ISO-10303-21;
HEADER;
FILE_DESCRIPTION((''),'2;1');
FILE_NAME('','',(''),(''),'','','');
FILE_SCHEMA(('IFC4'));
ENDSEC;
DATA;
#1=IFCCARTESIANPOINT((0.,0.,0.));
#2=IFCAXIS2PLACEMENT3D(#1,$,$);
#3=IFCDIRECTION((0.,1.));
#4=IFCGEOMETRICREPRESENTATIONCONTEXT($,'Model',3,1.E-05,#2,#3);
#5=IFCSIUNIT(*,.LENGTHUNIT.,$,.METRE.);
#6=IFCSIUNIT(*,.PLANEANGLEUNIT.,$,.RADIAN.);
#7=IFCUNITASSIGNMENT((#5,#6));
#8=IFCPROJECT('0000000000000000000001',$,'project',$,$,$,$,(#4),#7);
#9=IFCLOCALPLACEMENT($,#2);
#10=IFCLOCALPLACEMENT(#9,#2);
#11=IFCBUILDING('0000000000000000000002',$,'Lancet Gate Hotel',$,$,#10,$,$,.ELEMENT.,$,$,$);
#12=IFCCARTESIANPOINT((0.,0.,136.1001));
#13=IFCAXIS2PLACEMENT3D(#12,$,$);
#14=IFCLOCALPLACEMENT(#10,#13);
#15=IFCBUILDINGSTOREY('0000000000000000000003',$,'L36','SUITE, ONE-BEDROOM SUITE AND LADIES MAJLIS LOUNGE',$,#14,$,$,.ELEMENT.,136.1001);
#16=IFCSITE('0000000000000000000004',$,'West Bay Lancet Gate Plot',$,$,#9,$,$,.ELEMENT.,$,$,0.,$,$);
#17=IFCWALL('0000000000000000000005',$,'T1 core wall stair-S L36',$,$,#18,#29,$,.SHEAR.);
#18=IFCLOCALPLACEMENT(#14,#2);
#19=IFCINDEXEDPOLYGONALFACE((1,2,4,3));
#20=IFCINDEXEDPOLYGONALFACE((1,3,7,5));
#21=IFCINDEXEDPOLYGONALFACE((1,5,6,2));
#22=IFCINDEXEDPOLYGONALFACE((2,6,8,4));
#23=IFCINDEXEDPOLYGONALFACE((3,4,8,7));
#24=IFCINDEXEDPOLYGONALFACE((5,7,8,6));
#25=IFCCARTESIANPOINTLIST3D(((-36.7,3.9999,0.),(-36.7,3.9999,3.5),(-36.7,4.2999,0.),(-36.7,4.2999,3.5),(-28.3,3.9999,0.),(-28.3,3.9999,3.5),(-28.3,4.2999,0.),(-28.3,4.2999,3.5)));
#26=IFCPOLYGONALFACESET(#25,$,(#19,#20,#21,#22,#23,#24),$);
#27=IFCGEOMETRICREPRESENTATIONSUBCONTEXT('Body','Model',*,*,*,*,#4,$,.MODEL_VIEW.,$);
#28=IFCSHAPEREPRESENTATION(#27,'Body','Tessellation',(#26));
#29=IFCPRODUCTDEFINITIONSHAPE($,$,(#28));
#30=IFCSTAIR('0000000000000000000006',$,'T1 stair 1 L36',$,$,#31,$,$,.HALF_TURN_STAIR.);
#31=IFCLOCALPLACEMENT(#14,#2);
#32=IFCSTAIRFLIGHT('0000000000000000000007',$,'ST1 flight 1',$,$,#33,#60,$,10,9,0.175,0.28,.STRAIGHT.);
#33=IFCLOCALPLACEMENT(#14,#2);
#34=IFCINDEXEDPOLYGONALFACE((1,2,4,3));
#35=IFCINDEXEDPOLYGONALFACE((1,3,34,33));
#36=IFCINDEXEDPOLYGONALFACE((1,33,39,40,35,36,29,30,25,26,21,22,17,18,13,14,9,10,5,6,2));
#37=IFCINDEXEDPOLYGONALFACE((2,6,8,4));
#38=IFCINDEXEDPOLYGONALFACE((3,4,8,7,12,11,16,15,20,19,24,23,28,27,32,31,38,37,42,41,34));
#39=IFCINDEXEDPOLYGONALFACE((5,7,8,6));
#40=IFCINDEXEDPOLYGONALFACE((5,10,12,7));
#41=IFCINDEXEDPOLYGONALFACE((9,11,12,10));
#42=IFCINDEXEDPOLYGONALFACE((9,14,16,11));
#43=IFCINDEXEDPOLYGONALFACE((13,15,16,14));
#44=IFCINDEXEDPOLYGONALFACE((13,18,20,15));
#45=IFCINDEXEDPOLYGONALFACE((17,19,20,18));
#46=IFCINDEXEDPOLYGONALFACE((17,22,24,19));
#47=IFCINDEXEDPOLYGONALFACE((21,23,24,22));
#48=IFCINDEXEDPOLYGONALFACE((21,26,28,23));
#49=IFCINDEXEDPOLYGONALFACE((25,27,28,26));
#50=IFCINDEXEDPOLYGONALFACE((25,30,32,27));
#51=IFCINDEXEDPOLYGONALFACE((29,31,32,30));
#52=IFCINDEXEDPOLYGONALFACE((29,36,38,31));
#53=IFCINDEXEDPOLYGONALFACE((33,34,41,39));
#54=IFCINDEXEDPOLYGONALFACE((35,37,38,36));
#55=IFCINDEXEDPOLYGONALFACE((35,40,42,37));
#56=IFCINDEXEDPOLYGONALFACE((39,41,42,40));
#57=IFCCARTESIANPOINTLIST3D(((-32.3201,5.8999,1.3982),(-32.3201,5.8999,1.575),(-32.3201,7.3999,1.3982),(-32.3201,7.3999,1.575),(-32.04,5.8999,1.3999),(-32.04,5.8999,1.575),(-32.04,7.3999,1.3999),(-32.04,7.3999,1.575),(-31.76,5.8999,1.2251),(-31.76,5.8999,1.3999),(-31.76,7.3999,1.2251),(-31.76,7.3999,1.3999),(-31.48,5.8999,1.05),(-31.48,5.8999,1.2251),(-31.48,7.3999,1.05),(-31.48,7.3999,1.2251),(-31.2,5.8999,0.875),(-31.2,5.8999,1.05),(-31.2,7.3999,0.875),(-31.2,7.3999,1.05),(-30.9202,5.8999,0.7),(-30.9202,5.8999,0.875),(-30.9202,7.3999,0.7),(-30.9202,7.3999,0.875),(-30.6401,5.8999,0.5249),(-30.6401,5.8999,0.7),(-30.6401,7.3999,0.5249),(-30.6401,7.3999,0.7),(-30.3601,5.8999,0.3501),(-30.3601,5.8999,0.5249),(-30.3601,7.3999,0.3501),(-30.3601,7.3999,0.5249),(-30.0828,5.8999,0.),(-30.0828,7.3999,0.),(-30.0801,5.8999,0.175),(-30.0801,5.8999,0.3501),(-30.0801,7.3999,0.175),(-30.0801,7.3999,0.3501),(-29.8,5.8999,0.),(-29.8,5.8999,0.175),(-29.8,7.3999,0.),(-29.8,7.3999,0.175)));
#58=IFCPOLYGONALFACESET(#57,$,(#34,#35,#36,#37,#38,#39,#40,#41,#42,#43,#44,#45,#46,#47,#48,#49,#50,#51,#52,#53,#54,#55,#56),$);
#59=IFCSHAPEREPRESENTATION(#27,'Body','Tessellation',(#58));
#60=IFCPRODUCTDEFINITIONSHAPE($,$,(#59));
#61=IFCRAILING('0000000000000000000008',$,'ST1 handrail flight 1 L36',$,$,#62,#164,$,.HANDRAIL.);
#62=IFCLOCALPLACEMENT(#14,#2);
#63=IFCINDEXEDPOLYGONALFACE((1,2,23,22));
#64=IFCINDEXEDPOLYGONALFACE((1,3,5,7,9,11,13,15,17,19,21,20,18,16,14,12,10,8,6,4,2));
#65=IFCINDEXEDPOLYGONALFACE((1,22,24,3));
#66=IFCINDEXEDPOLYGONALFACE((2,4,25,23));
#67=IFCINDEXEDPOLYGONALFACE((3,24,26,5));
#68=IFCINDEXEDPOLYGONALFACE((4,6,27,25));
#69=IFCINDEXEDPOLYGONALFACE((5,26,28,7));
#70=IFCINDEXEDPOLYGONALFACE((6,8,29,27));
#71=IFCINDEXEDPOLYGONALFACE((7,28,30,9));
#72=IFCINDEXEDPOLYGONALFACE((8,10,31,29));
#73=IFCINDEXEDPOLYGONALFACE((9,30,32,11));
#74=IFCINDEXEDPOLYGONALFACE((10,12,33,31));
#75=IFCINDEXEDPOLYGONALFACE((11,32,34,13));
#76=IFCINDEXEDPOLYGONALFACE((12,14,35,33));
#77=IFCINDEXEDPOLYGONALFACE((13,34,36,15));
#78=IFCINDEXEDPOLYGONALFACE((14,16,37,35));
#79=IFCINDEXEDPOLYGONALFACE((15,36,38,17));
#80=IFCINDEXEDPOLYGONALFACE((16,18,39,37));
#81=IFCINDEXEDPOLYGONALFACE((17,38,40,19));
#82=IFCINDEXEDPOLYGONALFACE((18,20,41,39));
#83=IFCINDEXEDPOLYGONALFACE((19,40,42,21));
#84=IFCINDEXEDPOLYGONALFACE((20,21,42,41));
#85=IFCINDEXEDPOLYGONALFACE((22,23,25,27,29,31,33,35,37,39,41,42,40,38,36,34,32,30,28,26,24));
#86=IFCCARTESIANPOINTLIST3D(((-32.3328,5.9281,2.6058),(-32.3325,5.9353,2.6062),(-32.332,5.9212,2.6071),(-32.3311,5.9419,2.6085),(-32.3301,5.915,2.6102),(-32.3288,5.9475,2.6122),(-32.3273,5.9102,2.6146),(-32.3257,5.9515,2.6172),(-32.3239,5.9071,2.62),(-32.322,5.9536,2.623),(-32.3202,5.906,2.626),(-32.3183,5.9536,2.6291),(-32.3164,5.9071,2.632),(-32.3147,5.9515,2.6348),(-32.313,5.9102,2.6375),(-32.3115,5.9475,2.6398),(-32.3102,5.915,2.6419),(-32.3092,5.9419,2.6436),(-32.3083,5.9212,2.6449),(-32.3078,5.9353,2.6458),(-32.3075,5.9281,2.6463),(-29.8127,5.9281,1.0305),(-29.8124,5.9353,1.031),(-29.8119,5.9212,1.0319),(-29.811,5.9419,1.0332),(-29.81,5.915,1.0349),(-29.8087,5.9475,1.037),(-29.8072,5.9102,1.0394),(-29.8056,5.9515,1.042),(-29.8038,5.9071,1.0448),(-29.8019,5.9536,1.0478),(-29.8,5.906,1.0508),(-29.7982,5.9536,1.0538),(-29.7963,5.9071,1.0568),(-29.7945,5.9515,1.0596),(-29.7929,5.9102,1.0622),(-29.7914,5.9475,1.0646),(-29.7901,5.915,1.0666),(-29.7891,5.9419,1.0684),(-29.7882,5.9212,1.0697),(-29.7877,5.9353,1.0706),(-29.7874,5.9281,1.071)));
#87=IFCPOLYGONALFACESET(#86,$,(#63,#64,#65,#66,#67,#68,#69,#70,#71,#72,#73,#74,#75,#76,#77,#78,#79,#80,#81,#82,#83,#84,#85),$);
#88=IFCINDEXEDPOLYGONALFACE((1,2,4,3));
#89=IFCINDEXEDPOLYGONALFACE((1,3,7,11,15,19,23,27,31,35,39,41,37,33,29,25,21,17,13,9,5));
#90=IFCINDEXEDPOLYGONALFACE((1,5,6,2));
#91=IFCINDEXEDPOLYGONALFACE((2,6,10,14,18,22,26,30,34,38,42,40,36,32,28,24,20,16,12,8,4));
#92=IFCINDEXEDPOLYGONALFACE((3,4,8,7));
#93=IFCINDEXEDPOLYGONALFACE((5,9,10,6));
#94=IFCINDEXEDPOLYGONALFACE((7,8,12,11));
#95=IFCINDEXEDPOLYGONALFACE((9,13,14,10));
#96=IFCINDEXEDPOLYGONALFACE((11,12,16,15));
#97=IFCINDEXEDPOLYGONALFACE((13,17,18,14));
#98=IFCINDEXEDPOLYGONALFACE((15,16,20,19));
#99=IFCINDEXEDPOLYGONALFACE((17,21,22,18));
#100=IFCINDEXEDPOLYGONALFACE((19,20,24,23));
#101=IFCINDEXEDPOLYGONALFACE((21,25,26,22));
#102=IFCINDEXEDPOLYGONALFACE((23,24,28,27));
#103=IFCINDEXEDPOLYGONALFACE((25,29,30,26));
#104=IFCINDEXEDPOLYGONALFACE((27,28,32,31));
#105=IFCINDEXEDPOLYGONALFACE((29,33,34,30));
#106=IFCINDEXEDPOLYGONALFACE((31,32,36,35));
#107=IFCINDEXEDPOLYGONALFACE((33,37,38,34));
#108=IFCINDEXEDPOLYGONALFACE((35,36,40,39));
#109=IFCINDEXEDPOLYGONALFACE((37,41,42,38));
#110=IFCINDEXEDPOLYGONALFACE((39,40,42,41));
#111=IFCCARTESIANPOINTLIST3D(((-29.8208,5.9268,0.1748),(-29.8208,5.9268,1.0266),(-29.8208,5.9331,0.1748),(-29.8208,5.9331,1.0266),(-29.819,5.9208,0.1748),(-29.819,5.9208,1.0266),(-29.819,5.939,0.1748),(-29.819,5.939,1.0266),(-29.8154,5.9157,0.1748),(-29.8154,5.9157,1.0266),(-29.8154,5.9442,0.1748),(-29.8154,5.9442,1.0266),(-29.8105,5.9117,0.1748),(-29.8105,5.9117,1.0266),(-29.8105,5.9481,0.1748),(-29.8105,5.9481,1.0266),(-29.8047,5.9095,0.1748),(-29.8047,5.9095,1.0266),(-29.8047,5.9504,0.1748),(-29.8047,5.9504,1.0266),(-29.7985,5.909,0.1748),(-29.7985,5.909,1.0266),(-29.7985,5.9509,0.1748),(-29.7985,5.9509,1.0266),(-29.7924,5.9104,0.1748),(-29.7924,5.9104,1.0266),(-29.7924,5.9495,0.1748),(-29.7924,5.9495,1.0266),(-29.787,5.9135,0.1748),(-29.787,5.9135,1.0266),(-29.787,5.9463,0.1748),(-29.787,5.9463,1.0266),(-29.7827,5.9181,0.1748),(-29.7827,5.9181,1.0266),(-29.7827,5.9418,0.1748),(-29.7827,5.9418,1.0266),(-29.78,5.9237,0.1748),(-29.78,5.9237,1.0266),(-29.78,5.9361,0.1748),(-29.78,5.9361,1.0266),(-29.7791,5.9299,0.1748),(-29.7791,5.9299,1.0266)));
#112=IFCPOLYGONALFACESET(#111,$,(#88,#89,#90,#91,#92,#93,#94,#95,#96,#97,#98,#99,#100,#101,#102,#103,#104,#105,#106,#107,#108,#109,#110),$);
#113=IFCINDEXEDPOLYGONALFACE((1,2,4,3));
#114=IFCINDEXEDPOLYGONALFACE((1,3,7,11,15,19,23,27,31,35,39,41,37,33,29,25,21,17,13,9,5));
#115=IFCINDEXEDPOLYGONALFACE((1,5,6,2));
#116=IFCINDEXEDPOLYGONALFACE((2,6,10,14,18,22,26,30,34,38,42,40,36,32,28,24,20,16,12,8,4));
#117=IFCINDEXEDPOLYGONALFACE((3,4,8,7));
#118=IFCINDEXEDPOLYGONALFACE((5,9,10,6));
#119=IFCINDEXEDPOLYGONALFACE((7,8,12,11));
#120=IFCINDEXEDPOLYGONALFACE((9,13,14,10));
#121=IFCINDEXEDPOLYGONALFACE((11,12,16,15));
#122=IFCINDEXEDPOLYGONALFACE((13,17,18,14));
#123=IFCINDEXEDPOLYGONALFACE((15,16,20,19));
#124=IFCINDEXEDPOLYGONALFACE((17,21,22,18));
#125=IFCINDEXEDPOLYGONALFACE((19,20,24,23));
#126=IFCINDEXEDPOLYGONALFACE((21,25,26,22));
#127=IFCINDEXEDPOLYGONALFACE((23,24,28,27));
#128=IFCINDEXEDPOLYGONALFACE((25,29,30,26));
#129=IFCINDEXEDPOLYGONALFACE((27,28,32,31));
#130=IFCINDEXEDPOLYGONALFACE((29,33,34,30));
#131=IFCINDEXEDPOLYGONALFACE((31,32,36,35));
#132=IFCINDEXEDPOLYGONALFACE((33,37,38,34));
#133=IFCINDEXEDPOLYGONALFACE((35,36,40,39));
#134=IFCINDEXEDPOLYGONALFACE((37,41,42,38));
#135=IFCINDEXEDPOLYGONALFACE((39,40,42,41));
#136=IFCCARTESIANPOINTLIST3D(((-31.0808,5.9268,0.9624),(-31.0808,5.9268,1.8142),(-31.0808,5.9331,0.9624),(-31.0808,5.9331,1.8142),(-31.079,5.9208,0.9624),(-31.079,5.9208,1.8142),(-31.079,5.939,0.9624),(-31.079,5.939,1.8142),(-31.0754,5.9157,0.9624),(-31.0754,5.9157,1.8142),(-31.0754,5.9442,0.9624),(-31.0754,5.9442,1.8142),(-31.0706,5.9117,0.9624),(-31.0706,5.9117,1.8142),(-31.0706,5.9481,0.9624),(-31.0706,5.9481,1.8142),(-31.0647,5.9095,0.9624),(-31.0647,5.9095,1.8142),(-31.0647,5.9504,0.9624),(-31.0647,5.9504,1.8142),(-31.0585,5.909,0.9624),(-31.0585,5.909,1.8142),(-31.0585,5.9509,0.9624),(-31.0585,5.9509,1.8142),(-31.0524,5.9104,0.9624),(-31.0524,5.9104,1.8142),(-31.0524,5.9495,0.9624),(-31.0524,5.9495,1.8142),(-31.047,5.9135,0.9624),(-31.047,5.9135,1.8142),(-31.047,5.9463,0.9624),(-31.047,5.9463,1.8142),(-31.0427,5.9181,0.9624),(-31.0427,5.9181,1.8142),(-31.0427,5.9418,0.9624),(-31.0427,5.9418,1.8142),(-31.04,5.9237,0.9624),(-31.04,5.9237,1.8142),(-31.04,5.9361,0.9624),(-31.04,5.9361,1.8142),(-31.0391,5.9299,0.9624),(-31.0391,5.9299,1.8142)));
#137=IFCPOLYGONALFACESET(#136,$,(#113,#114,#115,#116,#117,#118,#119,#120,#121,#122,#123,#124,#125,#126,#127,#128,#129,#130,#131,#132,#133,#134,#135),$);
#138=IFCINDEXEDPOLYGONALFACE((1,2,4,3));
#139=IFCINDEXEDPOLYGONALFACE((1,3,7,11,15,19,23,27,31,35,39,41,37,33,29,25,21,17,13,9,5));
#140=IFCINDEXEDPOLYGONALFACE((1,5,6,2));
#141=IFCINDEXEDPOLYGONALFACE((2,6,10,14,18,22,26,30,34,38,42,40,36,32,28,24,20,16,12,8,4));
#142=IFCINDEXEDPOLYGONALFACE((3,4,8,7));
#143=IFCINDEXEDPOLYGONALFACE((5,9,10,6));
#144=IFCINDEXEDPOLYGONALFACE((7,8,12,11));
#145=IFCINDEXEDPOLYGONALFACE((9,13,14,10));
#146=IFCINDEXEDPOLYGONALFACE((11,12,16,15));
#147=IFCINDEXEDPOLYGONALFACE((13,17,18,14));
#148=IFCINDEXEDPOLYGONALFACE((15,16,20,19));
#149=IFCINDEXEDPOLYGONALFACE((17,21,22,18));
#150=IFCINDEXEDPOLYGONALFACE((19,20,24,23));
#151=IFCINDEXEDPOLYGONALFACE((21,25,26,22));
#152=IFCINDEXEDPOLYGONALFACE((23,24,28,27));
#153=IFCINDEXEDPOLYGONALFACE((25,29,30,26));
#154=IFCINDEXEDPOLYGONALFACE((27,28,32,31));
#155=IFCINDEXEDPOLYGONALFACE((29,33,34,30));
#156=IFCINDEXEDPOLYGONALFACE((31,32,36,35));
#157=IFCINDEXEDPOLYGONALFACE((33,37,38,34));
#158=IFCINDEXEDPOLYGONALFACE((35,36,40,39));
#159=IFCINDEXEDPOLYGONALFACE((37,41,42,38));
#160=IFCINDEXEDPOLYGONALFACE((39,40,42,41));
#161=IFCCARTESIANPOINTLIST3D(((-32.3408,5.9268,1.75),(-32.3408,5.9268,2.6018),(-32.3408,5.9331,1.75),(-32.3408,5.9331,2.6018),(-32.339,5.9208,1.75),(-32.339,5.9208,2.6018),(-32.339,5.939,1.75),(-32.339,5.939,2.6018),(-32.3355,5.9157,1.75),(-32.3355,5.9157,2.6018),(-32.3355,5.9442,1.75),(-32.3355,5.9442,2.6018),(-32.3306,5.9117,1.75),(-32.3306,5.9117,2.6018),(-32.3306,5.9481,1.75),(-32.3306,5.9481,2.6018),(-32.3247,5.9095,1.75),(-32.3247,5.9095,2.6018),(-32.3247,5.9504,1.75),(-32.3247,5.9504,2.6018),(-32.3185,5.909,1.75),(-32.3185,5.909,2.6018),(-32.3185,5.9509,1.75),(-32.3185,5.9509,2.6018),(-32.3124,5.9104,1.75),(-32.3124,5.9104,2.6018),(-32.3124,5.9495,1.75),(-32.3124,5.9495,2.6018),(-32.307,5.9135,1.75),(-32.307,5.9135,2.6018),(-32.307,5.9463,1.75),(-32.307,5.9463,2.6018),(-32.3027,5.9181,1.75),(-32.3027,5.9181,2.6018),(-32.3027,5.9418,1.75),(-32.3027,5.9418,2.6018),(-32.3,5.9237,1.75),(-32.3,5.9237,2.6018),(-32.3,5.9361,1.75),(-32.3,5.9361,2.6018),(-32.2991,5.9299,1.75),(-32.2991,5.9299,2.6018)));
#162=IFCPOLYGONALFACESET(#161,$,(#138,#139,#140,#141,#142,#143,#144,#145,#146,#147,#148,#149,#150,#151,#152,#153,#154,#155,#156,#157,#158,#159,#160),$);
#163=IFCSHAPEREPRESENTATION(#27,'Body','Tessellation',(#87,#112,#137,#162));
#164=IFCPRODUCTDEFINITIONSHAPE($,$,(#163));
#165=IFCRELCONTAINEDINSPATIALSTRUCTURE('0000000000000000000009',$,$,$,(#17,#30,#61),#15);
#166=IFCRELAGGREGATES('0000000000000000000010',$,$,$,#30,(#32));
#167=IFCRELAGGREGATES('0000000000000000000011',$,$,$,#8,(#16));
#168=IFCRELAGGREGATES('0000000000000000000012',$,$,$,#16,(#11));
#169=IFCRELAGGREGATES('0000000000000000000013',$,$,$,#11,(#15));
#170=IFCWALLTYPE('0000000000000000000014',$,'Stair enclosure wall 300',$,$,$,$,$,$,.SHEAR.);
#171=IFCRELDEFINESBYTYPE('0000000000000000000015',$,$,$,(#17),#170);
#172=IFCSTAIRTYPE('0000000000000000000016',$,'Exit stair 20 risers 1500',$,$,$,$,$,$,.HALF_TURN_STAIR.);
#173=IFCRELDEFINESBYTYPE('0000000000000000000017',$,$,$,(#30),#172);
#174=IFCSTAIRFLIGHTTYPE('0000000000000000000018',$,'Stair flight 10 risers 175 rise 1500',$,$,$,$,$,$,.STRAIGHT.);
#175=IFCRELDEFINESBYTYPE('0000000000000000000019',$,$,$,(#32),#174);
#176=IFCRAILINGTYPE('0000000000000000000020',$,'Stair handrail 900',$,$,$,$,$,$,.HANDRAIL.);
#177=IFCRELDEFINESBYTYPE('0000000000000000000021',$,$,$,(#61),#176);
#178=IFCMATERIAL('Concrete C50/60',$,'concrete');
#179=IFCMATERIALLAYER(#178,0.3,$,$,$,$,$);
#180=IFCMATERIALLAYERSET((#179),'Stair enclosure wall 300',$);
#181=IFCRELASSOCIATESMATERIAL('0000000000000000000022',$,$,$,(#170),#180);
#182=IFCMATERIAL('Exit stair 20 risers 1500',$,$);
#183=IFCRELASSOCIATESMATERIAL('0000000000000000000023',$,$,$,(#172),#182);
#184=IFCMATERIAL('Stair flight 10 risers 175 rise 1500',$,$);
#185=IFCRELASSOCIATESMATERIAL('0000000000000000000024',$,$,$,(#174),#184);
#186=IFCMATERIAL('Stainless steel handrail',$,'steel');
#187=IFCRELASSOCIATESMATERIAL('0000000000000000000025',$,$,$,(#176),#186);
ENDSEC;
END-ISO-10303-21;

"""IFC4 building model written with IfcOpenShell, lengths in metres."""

from ifc_helpers import new_model, si_unit, direction, frame, frame_2d, origin, origin_2d, place, context, subcontext, project, spatial, polyline, rectangle, circle, outline, extrude, material, layer, layer_set, type_object, element, aggregate, save


model = new_model("IFC4")

# Units and contexts
model_context = context("Model", 3, precision=1e-05, world=origin(), true_north=direction((0.0, 1.0)))
body_context = subcontext(model_context, "Body", "Model", "MODEL_VIEW")
ifc_project = project(units=[si_unit("LENGTHUNIT", "METRE"), si_unit("PLANEANGLEUNIT", "RADIAN")], contexts=[model_context])

# Site, building, storey
site_placement = place(None, origin())
site = spatial("IfcSite", under=ifc_project, at=site_placement, Name="West Bay Lancet Gate Plot", CompositionType="ELEMENT", RefElevation=0.0)
building_placement = place(site_placement, origin())
building = spatial("IfcBuilding", under=site, at=building_placement, Name="Lancet Gate Hotel", CompositionType="ELEMENT")
storey_placement = place(building_placement, frame((0.0, 0.0, 136.1001)))
storey = spatial("IfcBuildingStorey", under=building, at=storey_placement, Name="L36", Description="SUITE, ONE-BEDROOM SUITE AND LADIES MAJLIS LOUNGE", CompositionType="ELEMENT", Elevation=136.1001)

# Wall
ifc_material_1 = material(Name="Concrete C50/60", Category="concrete")
ifc_layer_1 = layer(ifc_material_1, 0.3)
ifc_layer_set_1 = layer_set([ifc_layer_1], Name="Stair enclosure wall 300")
wall_type_1 = type_object("IfcWallType", Name="Stair enclosure wall 300", PredefinedType="SHEAR", material=ifc_layer_set_1)
wall_1_placement = place(storey_placement, frame((-28.3, 4.1499, 0.0), z_axis=(0.0, 0.0, 1.0), x_axis=(-1.0, 0.0, 0.0)))
element("IfcWall", 1, at=wall_1_placement, inside=storey, type_object=wall_type_1, Name="T1 core wall stair-S L36", PredefinedType="SHEAR", context=body_context, shape_type="SweptSolid", body=[
    extrude(rectangle(XDim=8.3999, YDim=0.3, at=frame_2d((4.2, 0.0))), origin(), (0.0, 0.0, 1.0), 3.5),
])

# Stair, stair flight
ifc_material_2 = material(Name="Exit stair 20 risers 1500")
stair_type = type_object("IfcStairType", Name="Exit stair 20 risers 1500", PredefinedType="HALF_TURN_STAIR", material=ifc_material_2)
stair_placement = place(storey_placement, origin())
stair = element("IfcStair", 2, at=stair_placement, inside=storey, type_object=stair_type, Name="T1 stair 1 L36", PredefinedType="HALF_TURN_STAIR")
ifc_material_3 = material(Name="Stair flight 10 risers 175 rise 1500")
stair_flight_type = type_object("IfcStairFlightType", Name="Stair flight 10 risers 175 rise 1500", PredefinedType="STRAIGHT", material=ifc_material_3)
stair_flight_placement = place(storey_placement, frame((-29.8, 6.6499, 0.0), z_axis=(0.0, 0.0, 1.0), x_axis=(-1.0, 0.0, 0.0)))
stair_flight = element("IfcStairFlight", 3, at=stair_flight_placement, type_object=stair_flight_type, Name="ST1 flight 1", NumberOfRisers=10, NumberOfTreads=9, PredefinedType="STRAIGHT", RiserHeight=0.175, TreadLength=0.28, context=body_context, shape_type="SweptSolid", body=[
    extrude(outline(polyline([(0.0, 0.0), (0.0, 0.175), (0.28, 0.175), (0.28, 0.3501), (0.5601, 0.3501), (0.5601, 0.5249), (0.8401, 0.5249), (0.8401, 0.7), (1.1201, 0.7), (1.1201, 0.875), (1.3999, 0.875), (1.3999, 1.05), (1.6799, 1.05), (1.6799, 1.2251), (1.96, 1.2251), (1.96, 1.3999), (2.24, 1.3999), (2.24, 1.575), (2.52, 1.575), (2.52, 1.75), (2.52, 1.3982), (0.2827, 0.0), (0.0, 0.0)])), frame((0.0, 0.75, 0.0), z_axis=(0.0, -1.0, 0.0), x_axis=(1.0, 0.0, 0.0)), (0.0, 0.0, 1.0), 1.5),
])
aggregate(stair, [stair_flight])

# Railing
ifc_material_4 = material(Name="Stainless steel handrail", Category="steel")
railing_type = type_object("IfcRailingType", Name="Stair handrail 900", PredefinedType="HANDRAIL", material=ifc_material_4)
railing_placement = place(storey_placement, frame((-29.8, 5.9299, 0.1748)))
element("IfcRailing", 4, at=railing_placement, inside=storey, type_object=railing_type, Name="ST1 handrail flight 1 L36", PredefinedType="HANDRAIL", context=body_context, shape_type="SweptSolid", body=[
    extrude(circle(Radius=0.0239, at=origin_2d()), frame((0.0, 0.0, 0.876), z_axis=(-0.847971, 0.0, 0.530043), x_axis=(0.0, -1.0, 0.0)), (0.0, 0.0, 1.0), 2.9719),
    extrude(circle(Radius=0.021, at=origin_2d()), origin(), (0.0, 0.0, 1.0), 0.8518),
    extrude(circle(Radius=0.021, at=origin_2d()), frame((-1.26, 0.0, 0.7876)), (0.0, 0.0, 1.0), 0.8518),
    extrude(circle(Radius=0.021, at=origin_2d()), frame((-2.52, 0.0, 1.5752)), (0.0, 0.0, 1.0), 0.8518),
])

save(model, "model.ifc")
